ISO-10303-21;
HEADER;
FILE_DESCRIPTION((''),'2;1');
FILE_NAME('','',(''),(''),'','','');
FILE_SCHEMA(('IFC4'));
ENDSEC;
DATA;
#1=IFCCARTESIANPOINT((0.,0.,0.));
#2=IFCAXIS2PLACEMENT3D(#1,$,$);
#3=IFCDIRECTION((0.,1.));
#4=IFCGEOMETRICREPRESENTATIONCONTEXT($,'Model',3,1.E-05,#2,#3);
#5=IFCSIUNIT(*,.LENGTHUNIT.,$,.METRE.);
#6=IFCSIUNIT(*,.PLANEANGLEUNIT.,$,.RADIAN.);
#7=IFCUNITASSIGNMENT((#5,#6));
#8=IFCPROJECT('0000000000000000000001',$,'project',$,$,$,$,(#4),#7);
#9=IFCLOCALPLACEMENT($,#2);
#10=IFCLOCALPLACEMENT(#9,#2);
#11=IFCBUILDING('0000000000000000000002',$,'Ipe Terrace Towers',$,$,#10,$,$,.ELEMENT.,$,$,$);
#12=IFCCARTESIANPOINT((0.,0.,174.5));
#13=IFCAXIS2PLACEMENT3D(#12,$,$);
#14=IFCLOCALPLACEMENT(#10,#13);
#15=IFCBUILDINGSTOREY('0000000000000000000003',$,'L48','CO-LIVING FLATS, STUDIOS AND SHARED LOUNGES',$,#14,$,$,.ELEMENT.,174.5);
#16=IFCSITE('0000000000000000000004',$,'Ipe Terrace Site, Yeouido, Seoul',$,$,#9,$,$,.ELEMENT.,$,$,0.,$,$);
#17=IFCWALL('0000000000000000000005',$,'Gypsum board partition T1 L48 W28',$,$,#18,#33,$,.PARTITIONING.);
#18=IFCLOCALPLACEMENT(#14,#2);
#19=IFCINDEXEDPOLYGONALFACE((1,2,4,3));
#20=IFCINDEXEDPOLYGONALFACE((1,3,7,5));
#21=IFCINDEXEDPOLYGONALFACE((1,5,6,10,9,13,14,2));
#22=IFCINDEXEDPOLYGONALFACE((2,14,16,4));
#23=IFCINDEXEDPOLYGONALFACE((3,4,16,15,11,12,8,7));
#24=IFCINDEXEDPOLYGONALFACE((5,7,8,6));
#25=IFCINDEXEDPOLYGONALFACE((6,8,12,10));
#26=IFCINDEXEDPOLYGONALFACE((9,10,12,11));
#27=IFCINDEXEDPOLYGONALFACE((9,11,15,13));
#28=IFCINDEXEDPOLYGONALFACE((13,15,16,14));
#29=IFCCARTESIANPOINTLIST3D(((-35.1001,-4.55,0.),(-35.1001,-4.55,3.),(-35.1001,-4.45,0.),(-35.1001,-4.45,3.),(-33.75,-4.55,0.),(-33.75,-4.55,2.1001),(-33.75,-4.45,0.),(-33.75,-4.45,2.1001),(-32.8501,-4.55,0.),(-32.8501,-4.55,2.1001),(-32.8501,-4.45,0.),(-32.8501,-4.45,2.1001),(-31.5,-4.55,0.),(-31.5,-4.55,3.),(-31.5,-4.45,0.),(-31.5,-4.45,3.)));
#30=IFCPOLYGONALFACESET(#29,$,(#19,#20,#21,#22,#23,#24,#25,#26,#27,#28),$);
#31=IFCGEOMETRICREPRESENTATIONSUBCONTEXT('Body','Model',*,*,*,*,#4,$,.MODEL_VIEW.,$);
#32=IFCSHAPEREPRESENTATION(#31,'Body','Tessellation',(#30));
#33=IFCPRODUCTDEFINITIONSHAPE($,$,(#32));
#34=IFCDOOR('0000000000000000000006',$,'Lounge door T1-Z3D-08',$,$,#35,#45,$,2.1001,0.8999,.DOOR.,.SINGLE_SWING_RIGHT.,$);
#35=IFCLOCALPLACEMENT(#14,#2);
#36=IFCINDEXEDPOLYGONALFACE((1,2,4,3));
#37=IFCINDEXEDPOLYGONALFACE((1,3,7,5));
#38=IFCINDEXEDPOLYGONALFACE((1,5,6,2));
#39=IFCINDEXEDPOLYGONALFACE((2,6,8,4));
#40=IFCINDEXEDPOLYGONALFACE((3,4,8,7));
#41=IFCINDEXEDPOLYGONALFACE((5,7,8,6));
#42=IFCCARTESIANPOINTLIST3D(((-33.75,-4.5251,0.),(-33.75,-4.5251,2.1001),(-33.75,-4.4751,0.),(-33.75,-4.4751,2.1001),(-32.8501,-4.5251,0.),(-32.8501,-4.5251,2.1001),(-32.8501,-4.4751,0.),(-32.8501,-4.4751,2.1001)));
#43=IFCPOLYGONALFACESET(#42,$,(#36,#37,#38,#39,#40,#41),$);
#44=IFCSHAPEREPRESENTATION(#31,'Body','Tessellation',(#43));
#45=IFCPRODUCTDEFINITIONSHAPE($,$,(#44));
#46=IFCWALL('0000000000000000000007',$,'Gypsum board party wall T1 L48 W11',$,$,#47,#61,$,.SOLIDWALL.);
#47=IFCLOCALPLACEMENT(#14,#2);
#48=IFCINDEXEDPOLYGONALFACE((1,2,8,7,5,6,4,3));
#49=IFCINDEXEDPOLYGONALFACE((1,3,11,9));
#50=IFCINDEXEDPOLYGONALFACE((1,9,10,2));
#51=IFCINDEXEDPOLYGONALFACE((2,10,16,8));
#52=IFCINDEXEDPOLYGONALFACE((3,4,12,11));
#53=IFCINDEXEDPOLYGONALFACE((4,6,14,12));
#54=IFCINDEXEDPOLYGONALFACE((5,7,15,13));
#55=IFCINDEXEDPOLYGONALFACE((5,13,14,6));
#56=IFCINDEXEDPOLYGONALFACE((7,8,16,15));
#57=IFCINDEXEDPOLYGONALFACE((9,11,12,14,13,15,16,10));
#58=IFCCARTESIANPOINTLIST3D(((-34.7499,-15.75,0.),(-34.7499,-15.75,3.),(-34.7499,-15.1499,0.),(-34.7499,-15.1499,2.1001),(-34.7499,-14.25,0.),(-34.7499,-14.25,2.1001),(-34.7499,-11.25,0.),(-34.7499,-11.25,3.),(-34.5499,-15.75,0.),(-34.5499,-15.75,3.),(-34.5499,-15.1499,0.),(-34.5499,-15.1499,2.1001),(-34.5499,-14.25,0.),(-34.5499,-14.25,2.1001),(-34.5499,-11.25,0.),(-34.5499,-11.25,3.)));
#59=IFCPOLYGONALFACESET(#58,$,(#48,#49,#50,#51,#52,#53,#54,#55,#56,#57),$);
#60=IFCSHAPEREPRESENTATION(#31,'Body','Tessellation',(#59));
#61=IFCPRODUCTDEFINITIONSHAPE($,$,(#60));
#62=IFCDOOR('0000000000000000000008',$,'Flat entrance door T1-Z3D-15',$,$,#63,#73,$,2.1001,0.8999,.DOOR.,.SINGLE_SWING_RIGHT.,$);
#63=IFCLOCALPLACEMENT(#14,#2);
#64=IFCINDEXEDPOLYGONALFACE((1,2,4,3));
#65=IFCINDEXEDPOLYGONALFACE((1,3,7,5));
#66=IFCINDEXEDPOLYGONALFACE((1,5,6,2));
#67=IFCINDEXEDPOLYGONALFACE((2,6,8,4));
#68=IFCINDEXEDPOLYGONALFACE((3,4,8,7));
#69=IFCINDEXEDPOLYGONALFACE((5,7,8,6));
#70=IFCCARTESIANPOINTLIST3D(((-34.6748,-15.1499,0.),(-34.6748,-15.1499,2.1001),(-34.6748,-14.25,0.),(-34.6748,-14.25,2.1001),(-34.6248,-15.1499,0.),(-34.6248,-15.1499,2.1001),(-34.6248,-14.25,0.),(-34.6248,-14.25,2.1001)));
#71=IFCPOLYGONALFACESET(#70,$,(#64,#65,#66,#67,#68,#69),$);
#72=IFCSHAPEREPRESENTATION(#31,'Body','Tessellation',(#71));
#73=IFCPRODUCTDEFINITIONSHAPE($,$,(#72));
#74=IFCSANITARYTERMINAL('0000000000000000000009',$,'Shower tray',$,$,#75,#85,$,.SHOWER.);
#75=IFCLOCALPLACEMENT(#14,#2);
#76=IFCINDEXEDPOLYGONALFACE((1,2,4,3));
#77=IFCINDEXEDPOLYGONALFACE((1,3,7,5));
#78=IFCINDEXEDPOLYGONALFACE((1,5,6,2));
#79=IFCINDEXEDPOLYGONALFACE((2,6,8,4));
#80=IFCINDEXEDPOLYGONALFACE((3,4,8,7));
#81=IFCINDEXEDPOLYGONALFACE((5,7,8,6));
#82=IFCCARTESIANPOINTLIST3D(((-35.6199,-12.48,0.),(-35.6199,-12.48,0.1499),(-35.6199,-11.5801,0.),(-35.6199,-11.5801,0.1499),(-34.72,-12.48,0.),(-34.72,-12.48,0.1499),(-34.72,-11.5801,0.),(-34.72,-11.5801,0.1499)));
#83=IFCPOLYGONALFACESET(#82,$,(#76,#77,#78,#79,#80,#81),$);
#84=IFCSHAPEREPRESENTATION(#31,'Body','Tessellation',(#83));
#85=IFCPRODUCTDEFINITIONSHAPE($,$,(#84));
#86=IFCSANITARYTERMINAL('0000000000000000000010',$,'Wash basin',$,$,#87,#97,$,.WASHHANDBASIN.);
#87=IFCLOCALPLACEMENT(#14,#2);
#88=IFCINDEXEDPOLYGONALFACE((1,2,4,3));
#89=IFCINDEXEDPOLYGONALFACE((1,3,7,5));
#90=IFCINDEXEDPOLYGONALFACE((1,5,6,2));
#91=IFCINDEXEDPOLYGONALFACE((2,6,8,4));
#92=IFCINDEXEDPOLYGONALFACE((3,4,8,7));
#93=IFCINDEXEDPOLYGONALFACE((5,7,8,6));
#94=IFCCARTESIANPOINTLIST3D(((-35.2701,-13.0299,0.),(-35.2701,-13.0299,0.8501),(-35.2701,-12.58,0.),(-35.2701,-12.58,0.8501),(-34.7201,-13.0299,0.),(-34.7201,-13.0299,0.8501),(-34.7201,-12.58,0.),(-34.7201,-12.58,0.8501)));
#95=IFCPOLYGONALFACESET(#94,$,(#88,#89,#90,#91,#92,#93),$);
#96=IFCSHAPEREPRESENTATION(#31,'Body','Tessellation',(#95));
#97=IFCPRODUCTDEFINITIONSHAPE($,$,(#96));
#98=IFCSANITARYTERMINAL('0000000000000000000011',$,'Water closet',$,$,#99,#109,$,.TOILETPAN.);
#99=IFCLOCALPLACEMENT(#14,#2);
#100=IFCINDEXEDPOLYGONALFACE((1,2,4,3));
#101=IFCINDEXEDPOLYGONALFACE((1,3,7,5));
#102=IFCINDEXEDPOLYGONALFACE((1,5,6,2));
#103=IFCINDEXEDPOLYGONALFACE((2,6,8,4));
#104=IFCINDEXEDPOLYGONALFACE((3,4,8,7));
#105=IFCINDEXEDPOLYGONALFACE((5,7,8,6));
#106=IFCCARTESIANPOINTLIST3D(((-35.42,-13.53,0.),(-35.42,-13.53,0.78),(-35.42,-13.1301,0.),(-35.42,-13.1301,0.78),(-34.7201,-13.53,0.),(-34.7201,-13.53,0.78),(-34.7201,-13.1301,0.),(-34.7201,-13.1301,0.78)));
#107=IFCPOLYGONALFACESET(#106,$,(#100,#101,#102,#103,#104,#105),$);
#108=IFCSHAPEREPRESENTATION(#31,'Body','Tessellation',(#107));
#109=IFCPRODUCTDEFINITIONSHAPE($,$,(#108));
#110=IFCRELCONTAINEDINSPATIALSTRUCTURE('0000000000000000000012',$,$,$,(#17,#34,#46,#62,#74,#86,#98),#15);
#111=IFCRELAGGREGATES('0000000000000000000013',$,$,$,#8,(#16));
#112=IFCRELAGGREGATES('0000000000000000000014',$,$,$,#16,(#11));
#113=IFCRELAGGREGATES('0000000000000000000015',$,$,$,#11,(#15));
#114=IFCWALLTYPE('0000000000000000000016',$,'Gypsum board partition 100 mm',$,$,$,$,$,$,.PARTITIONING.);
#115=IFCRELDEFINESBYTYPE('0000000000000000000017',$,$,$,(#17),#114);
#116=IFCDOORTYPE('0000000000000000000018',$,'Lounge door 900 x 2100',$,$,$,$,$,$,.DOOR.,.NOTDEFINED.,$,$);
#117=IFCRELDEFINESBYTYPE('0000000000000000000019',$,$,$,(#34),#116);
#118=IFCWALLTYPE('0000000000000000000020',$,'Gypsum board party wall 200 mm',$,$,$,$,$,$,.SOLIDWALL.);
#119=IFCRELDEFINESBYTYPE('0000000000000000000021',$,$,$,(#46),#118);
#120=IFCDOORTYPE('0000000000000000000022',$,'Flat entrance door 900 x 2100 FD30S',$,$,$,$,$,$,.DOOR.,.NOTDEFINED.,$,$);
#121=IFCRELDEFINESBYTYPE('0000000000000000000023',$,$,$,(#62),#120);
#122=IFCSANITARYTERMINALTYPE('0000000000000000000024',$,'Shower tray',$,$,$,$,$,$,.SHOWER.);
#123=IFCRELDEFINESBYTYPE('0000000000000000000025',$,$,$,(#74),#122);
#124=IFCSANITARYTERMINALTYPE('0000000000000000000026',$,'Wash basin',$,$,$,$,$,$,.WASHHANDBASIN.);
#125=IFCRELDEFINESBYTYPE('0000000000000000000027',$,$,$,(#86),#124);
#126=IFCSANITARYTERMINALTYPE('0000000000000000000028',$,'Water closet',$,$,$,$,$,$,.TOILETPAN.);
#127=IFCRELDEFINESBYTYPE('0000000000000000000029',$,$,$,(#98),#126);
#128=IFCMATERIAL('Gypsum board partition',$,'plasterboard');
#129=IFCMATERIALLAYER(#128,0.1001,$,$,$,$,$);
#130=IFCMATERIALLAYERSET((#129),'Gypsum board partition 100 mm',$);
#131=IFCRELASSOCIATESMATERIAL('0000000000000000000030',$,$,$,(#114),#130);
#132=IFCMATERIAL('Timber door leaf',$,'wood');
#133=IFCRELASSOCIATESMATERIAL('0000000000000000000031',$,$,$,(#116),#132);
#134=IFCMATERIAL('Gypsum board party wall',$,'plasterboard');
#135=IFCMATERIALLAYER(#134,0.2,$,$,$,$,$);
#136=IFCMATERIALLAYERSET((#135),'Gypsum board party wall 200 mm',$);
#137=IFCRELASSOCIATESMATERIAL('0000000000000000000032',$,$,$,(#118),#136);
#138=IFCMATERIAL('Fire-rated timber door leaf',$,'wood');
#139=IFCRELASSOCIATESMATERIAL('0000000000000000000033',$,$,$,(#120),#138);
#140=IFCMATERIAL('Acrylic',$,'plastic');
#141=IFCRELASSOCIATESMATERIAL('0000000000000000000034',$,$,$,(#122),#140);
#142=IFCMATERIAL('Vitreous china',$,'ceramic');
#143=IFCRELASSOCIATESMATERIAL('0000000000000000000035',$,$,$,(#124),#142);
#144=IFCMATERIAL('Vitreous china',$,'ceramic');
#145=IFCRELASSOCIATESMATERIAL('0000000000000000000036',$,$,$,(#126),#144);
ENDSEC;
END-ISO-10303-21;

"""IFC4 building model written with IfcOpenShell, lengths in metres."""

from ifc_helpers import new_model, si_unit, direction, frame, frame_2d, origin, origin_2d, place, context, subcontext, project, spatial, rectangle, extrude, material, layer, layer_set, type_object, element, fill, save


model = new_model("IFC4")

# Units and contexts
model_context = context("Model", 3, precision=1e-05, world=origin(), true_north=direction((0.0, 1.0)))
body_context = subcontext(model_context, "Body", "Model", "MODEL_VIEW")
ifc_project = project(units=[si_unit("LENGTHUNIT", "METRE"), si_unit("PLANEANGLEUNIT", "RADIAN")], contexts=[model_context])

# Site, building, storey
site_placement = place(None, origin())
site = spatial("IfcSite", under=ifc_project, at=site_placement, Name="Ipe Terrace Site, Yeouido, Seoul", CompositionType="ELEMENT", RefElevation=0.0)
building_placement = place(site_placement, origin())
building = spatial("IfcBuilding", under=site, at=building_placement, Name="Ipe Terrace Towers", CompositionType="ELEMENT")
storey_placement = place(building_placement, frame((0.0, 0.0, 174.5)))
storey = spatial("IfcBuildingStorey", under=building, at=storey_placement, Name="L48", Description="CO-LIVING FLATS, STUDIOS AND SHARED LOUNGES", CompositionType="ELEMENT", Elevation=174.5)

# Shared definitions
ifc_material_1 = material(Name="Gypsum board partition", Category="plasterboard")
ifc_layer_1 = layer(ifc_material_1, 0.1001)
ifc_layer_set_1 = layer_set([ifc_layer_1], Name="Gypsum board partition 100 mm")
wall_type_1 = type_object("IfcWallType", Name="Gypsum board partition 100 mm", PredefinedType="PARTITIONING", material=ifc_layer_set_1)

# Shared definitions
ifc_material_2 = material(Name="Timber door leaf", Category="wood")
door_type_1 = type_object("IfcDoorType", Name="Lounge door 900 x 2100", OperationType="NOTDEFINED", PredefinedType="DOOR", material=ifc_material_2)

# Walls, openings, doors
wall_1_placement = place(storey_placement, frame((-35.1001, -4.5, 0.0), z_axis=(0.0, 0.0, 1.0), x_axis=(1.0, 0.0, 0.0)))
wall_1 = element("IfcWall", 1, at=wall_1_placement, inside=storey, type_object=wall_type_1, Name="Gypsum board partition T1 L48 W28", PredefinedType="PARTITIONING", context=body_context, shape_type="SweptSolid", body=[
    extrude(rectangle(XDim=3.6001, YDim=0.1001, at=frame_2d((1.8, 0.0))), origin(), (0.0, 0.0, 1.0), 3.0),
])
opening_1_placement = place(wall_1_placement, frame((1.3501, 0.0, 0.0)))
opening_1 = element("IfcOpeningElement", 2, at=opening_1_placement, cuts=wall_1, PredefinedType="OPENING", context=body_context, shape_type="SweptSolid", body=[
    extrude(rectangle(XDim=0.8999, YDim=2.1001, at=frame_2d((0.45, 1.05))), frame((0.0, 0.0601, 0.0), z_axis=(0.0, -1.0, 0.0), x_axis=(1.0, 0.0, 0.0)), (0.0, 0.0, 1.0), 0.1201),
])
door_1_placement = place(opening_1_placement, origin())
door_1 = element("IfcDoor", 3, at=door_1_placement, inside=storey, type_object=door_type_1, Name="Lounge door T1-Z3D-08", OperationType="SINGLE_SWING_RIGHT", OverallHeight=2.1001, OverallWidth=0.8999, PredefinedType="DOOR", context=body_context, shape_type="SweptSolid", body=[
    extrude(rectangle(XDim=0.8999, YDim=2.1001, at=frame_2d((0.45, 1.05))), frame((0.0, 0.0249, 0.0), z_axis=(0.0, -1.0, 0.0), x_axis=(1.0, 0.0, 0.0)), (0.0, 0.0, 1.0), 0.05),
])
fill(opening_1, door_1)
ifc_material_3 = material(Name="Gypsum board party wall", Category="plasterboard")
ifc_layer_2 = layer(ifc_material_3, 0.2)
ifc_layer_set_2 = layer_set([ifc_layer_2], Name="Gypsum board party wall 200 mm")
wall_type_2 = type_object("IfcWallType", Name="Gypsum board party wall 200 mm", PredefinedType="SOLIDWALL", material=ifc_layer_set_2)
wall_2_placement = place(storey_placement, frame((-34.6499, -15.75, 0.0), z_axis=(0.0, 0.0, 1.0), x_axis=(0.0, 1.0, 0.0)))
wall_2 = element("IfcWall", 4, at=wall_2_placement, inside=storey, type_object=wall_type_2, Name="Gypsum board party wall T1 L48 W11", PredefinedType="SOLIDWALL", context=body_context, shape_type="SweptSolid", body=[
    extrude(rectangle(XDim=4.5, YDim=0.2, at=frame_2d((2.25, 0.0))), origin(), (0.0, 0.0, 1.0), 3.0),
])
opening_2_placement = place(wall_2_placement, frame((0.6001, 0.0, 0.0)))
opening_2 = element("IfcOpeningElement", 5, at=opening_2_placement, cuts=wall_2, PredefinedType="OPENING", context=body_context, shape_type="SweptSolid", body=[
    extrude(rectangle(XDim=0.8999, YDim=2.1001, at=frame_2d((0.45, 1.05))), frame((0.0, 0.1099, 0.0), z_axis=(0.0, -1.0, 0.0), x_axis=(1.0, 0.0, 0.0)), (0.0, 0.0, 1.0), 0.22),
])
ifc_material_4 = material(Name="Fire-rated timber door leaf", Category="wood")
door_type_2 = type_object("IfcDoorType", Name="Flat entrance door 900 x 2100 FD30S", OperationType="NOTDEFINED", PredefinedType="DOOR", material=ifc_material_4)
door_2_placement = place(opening_2_placement, origin())
door_2 = element("IfcDoor", 6, at=door_2_placement, inside=storey, type_object=door_type_2, Name="Flat entrance door T1-Z3D-15", OperationType="SINGLE_SWING_RIGHT", OverallHeight=2.1001, OverallWidth=0.8999, PredefinedType="DOOR", context=body_context, shape_type="SweptSolid", body=[
    extrude(rectangle(XDim=0.8999, YDim=2.1001, at=frame_2d((0.45, 1.05))), frame((0.0, 0.0249, 0.0), z_axis=(0.0, -1.0, 0.0), x_axis=(1.0, 0.0, 0.0)), (0.0, 0.0, 1.0), 0.05),
])
fill(opening_2, door_2)

# Sanitary terminals
ifc_material_5 = material(Name="Acrylic", Category="plastic")
sanitary_terminal_type_1 = type_object("IfcSanitaryTerminalType", Name="Shower tray", PredefinedType="SHOWER", material=ifc_material_5)
sanitary_terminal_1_placement = place(storey_placement, frame((-35.1699, -12.03, 0.0), z_axis=(0.0, 0.0, 1.0), x_axis=(-1.0, 0.0, 0.0)))
element("IfcSanitaryTerminal", 7, at=sanitary_terminal_1_placement, inside=storey, type_object=sanitary_terminal_type_1, Name="Shower tray", PredefinedType="SHOWER", context=body_context, shape_type="SweptSolid", body=[
    extrude(rectangle(XDim=0.8999, YDim=0.8999, at=origin_2d()), origin(), (0.0, 0.0, 1.0), 0.1499),
])
ifc_material_6 = material(Name="Vitreous china", Category="ceramic")
sanitary_terminal_type_2 = type_object("IfcSanitaryTerminalType", Name="Wash basin", PredefinedType="WASHHANDBASIN", material=ifc_material_6)
sanitary_terminal_2_placement = place(storey_placement, frame((-34.9951, -12.8049, 0.0), z_axis=(0.0, 0.0, 1.0), x_axis=(-1.0, 0.0, 0.0)))
element("IfcSanitaryTerminal", 8, at=sanitary_terminal_2_placement, inside=storey, type_object=sanitary_terminal_type_2, Name="Wash basin", PredefinedType="WASHHANDBASIN", context=body_context, shape_type="SweptSolid", body=[
    extrude(rectangle(XDim=0.55, YDim=0.45, at=origin_2d()), origin(), (0.0, 0.0, 1.0), 0.8501),
])
ifc_material_7 = material(Name="Vitreous china", Category="ceramic")
sanitary_terminal_type_3 = type_object("IfcSanitaryTerminalType", Name="Water closet", PredefinedType="TOILETPAN", material=ifc_material_7)
sanitary_terminal_3_placement = place(storey_placement, frame((-35.0701, -13.3301, 0.0), z_axis=(0.0, 0.0, 1.0), x_axis=(-1.0, 0.0, 0.0)))
element("IfcSanitaryTerminal", 9, at=sanitary_terminal_3_placement, inside=storey, type_object=sanitary_terminal_type_3, Name="Water closet", PredefinedType="TOILETPAN", context=body_context, shape_type="SweptSolid", body=[
    extrude(rectangle(XDim=0.7, YDim=0.3999, at=origin_2d()), origin(), (0.0, 0.0, 1.0), 0.78),
])

save(model, "model.ifc")
